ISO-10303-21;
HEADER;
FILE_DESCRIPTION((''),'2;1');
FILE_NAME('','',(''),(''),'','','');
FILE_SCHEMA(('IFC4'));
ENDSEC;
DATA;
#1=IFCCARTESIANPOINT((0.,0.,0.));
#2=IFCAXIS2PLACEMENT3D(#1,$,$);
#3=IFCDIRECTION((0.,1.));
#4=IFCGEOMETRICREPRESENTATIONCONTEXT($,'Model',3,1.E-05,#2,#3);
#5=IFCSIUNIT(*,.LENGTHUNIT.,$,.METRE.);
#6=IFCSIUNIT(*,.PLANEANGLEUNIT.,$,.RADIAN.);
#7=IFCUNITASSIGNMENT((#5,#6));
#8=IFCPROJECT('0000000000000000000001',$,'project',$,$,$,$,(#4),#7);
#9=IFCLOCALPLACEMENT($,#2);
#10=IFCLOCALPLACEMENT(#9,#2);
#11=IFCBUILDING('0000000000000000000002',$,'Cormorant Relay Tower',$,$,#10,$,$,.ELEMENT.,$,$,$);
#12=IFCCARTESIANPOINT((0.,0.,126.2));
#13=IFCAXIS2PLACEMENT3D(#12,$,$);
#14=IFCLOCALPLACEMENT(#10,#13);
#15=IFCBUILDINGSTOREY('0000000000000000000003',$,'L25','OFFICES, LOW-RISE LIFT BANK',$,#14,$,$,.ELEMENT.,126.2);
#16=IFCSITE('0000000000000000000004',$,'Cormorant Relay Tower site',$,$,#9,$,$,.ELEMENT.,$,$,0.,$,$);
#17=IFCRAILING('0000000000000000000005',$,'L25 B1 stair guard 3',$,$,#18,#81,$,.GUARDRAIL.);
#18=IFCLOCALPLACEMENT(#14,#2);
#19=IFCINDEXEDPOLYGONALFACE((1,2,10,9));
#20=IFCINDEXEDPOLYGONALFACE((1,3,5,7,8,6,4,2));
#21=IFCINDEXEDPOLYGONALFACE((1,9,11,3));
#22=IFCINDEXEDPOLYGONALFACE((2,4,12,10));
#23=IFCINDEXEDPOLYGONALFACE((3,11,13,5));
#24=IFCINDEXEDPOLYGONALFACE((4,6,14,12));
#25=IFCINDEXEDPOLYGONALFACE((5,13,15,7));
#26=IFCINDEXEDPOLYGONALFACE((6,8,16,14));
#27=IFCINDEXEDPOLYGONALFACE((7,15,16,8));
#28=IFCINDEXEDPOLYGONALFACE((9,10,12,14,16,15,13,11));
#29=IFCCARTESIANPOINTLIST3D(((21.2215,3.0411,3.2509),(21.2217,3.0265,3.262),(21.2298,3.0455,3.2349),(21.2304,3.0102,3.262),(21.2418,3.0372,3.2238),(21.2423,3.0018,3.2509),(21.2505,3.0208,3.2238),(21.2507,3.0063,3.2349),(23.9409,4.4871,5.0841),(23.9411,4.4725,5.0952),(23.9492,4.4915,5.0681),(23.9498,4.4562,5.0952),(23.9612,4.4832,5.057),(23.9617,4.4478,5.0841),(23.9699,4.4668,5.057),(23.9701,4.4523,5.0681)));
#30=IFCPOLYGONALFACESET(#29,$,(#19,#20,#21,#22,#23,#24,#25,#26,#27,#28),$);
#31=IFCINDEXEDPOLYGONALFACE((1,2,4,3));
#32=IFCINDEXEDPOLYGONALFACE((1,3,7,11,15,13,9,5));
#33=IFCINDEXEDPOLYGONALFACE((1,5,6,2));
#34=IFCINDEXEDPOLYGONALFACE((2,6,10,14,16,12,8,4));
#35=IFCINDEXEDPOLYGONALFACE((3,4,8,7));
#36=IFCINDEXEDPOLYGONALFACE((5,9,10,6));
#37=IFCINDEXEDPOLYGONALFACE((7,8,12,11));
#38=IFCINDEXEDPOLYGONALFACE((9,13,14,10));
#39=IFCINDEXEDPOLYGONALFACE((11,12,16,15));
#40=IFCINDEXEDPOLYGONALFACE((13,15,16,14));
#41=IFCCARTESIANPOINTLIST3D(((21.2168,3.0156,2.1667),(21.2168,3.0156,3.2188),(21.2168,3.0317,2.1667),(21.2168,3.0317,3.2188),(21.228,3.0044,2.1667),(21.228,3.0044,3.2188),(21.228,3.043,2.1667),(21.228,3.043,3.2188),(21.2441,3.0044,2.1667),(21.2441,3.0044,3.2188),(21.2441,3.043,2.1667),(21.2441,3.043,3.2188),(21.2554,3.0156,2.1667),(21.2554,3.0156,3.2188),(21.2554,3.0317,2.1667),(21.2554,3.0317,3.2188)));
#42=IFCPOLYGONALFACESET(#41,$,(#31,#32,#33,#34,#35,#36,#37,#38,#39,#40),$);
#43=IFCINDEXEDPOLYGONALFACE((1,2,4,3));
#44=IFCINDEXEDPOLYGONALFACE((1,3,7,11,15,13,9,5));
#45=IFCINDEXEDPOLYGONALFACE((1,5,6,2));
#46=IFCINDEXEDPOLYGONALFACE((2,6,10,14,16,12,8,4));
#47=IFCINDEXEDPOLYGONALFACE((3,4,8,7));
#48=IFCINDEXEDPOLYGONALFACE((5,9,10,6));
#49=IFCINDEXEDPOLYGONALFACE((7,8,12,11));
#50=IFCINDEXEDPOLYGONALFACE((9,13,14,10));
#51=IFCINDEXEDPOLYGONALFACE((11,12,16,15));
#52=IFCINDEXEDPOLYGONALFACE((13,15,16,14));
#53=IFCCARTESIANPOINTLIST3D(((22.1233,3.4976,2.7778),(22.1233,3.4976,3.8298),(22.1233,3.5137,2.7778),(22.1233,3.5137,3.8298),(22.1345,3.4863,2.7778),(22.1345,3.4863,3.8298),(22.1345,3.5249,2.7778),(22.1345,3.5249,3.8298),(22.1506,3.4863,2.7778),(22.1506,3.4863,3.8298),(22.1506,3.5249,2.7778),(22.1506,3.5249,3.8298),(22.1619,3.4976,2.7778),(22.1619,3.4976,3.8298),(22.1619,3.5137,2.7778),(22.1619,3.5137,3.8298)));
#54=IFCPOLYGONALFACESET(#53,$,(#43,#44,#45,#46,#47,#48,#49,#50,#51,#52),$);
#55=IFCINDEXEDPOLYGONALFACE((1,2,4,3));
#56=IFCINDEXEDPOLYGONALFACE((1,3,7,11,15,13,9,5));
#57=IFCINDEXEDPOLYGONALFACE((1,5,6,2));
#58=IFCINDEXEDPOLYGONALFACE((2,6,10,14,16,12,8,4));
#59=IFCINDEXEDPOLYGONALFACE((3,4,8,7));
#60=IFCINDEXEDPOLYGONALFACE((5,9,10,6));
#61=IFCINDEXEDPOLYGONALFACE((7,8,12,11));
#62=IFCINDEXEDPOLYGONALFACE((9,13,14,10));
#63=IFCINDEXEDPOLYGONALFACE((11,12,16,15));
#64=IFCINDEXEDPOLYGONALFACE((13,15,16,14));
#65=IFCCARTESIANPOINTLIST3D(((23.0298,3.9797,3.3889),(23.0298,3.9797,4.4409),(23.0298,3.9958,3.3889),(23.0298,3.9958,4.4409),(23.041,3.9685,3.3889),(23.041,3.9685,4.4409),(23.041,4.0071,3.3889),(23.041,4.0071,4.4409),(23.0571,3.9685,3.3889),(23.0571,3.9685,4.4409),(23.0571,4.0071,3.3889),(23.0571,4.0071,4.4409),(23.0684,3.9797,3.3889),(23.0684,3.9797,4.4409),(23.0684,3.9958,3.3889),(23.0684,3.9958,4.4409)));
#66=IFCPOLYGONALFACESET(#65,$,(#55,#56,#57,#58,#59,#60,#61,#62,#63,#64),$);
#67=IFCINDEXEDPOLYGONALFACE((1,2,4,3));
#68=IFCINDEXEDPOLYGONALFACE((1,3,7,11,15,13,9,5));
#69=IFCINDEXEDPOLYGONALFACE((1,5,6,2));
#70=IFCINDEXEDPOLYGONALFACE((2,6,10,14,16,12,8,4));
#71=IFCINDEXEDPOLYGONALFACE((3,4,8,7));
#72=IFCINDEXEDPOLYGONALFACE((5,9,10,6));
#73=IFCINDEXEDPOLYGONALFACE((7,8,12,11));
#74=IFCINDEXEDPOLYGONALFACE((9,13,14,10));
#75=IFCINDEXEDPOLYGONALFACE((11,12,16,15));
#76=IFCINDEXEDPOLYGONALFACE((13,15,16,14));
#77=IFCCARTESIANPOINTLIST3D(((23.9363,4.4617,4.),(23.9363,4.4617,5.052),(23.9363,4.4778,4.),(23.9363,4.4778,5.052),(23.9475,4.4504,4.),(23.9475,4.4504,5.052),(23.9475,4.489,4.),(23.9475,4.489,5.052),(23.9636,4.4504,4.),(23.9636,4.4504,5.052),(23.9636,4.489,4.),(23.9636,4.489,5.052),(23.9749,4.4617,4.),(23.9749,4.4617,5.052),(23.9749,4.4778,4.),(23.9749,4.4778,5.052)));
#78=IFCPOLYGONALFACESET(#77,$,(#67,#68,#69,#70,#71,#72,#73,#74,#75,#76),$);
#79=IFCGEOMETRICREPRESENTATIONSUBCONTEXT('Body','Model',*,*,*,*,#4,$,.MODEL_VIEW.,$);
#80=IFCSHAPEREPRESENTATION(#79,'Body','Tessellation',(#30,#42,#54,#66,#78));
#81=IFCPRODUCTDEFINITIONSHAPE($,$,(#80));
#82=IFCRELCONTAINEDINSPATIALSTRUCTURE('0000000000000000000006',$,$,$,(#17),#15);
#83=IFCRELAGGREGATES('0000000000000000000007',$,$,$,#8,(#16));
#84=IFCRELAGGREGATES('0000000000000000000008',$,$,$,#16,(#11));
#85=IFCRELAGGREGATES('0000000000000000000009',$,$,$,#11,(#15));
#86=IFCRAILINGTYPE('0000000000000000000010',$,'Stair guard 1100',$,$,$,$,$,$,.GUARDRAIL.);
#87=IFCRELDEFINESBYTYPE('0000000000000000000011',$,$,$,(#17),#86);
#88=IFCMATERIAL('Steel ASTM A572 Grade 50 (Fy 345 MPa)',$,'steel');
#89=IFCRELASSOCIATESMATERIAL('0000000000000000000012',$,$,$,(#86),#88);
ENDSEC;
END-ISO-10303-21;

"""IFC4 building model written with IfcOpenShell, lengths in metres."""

from ifc_helpers import new_model, si_unit, direction, frame, origin, place, context, subcontext, project, spatial, polyline, outline, extrude, material, type_object, element, save


model = new_model("IFC4")

# Units and contexts
model_context = context("Model", 3, precision=1e-05, world=origin(), true_north=direction((0.0, 1.0)))
body_context = subcontext(model_context, "Body", "Model", "MODEL_VIEW")
ifc_project = project(units=[si_unit("LENGTHUNIT", "METRE"), si_unit("PLANEANGLEUNIT", "RADIAN")], contexts=[model_context])

# Site, building, storey
site_placement = place(None, origin())
site = spatial("IfcSite", under=ifc_project, at=site_placement, Name="Cormorant Relay Tower site", CompositionType="ELEMENT", RefElevation=0.0)
building_placement = place(site_placement, origin())
building = spatial("IfcBuilding", under=site, at=building_placement, Name="Cormorant Relay Tower", CompositionType="ELEMENT")
storey_placement = place(building_placement, frame((0.0, 0.0, 126.2)))
storey = spatial("IfcBuildingStorey", under=building, at=storey_placement, Name="L25", Description="OFFICES, LOW-RISE LIFT BANK", CompositionType="ELEMENT", Elevation=126.2)

# Railing
ifc_material_1 = material(Name="Steel ASTM A572 Grade 50 (Fy 345 MPa)", Category="steel")
railing_type = type_object("IfcRailingType", Name="Stair guard 1100", PredefinedType="GUARDRAIL", material=ifc_material_1)
railing_1_placement = place(storey_placement, frame((21.2361, 3.0237, 2.1667)))
element("IfcRailing", 1, at=railing_1_placement, inside=storey, type_object=railing_type, Name="L25 B1 stair guard 3", PredefinedType="GUARDRAIL", context=body_context, shape_type="SweptSolid", body=[
    extrude(outline(polyline([(0.0222, 0.0093), (0.0093, 0.0222), (-0.0093, 0.0222), (-0.0222, 0.0093), (-0.0222, -0.0093), (-0.0093, -0.0222), (0.0093, -0.0222), (0.0222, -0.0093), (0.0222, 0.0093)])), frame((0.0, 0.0, 1.0762), z_axis=(0.758714, 0.403435, 0.511463), x_axis=(-0.469489, 0.882938, 0.0)), (0.0, 0.0, 1.0), 3.5842),
    extrude(outline(polyline([(0.0193, 0.0081), (0.0081, 0.0193), (-0.0081, 0.0193), (-0.0193, 0.0081), (-0.0193, -0.0081), (-0.0081, -0.0193), (0.0081, -0.0193), (0.0193, -0.0081), (0.0193, 0.0081)])), origin(), (0.0, 0.0, 1.0), 1.052),
    extrude(outline(polyline([(0.0193, 0.0081), (0.0081, 0.0193), (-0.0081, 0.0193), (-0.0193, 0.0081), (-0.0193, -0.0081), (-0.0081, -0.0193), (0.0081, -0.0193), (0.0193, -0.0081), (0.0193, 0.0081)])), frame((0.9065, 0.4819, 0.6111)), (0.0, 0.0, 1.0), 1.052),
    extrude(outline(polyline([(0.0193, 0.0081), (0.0081, 0.0193), (-0.0081, 0.0193), (-0.0193, 0.0081), (-0.0193, -0.0081), (-0.0081, -0.0193), (0.0081, -0.0193), (0.0193, -0.0081), (0.0193, 0.0081)])), frame((1.813, 0.9641, 1.2222)), (0.0, 0.0, 1.0), 1.052),
    extrude(outline(polyline([(0.0193, 0.0081), (0.0081, 0.0193), (-0.0081, 0.0193), (-0.0193, 0.0081), (-0.0193, -0.0081), (-0.0081, -0.0193), (0.0081, -0.0193), (0.0193, -0.0081), (0.0193, 0.0081)])), frame((2.7195, 1.446, 1.8333)), (0.0, 0.0, 1.0), 1.052),
])

save(model, "model.ifc")
